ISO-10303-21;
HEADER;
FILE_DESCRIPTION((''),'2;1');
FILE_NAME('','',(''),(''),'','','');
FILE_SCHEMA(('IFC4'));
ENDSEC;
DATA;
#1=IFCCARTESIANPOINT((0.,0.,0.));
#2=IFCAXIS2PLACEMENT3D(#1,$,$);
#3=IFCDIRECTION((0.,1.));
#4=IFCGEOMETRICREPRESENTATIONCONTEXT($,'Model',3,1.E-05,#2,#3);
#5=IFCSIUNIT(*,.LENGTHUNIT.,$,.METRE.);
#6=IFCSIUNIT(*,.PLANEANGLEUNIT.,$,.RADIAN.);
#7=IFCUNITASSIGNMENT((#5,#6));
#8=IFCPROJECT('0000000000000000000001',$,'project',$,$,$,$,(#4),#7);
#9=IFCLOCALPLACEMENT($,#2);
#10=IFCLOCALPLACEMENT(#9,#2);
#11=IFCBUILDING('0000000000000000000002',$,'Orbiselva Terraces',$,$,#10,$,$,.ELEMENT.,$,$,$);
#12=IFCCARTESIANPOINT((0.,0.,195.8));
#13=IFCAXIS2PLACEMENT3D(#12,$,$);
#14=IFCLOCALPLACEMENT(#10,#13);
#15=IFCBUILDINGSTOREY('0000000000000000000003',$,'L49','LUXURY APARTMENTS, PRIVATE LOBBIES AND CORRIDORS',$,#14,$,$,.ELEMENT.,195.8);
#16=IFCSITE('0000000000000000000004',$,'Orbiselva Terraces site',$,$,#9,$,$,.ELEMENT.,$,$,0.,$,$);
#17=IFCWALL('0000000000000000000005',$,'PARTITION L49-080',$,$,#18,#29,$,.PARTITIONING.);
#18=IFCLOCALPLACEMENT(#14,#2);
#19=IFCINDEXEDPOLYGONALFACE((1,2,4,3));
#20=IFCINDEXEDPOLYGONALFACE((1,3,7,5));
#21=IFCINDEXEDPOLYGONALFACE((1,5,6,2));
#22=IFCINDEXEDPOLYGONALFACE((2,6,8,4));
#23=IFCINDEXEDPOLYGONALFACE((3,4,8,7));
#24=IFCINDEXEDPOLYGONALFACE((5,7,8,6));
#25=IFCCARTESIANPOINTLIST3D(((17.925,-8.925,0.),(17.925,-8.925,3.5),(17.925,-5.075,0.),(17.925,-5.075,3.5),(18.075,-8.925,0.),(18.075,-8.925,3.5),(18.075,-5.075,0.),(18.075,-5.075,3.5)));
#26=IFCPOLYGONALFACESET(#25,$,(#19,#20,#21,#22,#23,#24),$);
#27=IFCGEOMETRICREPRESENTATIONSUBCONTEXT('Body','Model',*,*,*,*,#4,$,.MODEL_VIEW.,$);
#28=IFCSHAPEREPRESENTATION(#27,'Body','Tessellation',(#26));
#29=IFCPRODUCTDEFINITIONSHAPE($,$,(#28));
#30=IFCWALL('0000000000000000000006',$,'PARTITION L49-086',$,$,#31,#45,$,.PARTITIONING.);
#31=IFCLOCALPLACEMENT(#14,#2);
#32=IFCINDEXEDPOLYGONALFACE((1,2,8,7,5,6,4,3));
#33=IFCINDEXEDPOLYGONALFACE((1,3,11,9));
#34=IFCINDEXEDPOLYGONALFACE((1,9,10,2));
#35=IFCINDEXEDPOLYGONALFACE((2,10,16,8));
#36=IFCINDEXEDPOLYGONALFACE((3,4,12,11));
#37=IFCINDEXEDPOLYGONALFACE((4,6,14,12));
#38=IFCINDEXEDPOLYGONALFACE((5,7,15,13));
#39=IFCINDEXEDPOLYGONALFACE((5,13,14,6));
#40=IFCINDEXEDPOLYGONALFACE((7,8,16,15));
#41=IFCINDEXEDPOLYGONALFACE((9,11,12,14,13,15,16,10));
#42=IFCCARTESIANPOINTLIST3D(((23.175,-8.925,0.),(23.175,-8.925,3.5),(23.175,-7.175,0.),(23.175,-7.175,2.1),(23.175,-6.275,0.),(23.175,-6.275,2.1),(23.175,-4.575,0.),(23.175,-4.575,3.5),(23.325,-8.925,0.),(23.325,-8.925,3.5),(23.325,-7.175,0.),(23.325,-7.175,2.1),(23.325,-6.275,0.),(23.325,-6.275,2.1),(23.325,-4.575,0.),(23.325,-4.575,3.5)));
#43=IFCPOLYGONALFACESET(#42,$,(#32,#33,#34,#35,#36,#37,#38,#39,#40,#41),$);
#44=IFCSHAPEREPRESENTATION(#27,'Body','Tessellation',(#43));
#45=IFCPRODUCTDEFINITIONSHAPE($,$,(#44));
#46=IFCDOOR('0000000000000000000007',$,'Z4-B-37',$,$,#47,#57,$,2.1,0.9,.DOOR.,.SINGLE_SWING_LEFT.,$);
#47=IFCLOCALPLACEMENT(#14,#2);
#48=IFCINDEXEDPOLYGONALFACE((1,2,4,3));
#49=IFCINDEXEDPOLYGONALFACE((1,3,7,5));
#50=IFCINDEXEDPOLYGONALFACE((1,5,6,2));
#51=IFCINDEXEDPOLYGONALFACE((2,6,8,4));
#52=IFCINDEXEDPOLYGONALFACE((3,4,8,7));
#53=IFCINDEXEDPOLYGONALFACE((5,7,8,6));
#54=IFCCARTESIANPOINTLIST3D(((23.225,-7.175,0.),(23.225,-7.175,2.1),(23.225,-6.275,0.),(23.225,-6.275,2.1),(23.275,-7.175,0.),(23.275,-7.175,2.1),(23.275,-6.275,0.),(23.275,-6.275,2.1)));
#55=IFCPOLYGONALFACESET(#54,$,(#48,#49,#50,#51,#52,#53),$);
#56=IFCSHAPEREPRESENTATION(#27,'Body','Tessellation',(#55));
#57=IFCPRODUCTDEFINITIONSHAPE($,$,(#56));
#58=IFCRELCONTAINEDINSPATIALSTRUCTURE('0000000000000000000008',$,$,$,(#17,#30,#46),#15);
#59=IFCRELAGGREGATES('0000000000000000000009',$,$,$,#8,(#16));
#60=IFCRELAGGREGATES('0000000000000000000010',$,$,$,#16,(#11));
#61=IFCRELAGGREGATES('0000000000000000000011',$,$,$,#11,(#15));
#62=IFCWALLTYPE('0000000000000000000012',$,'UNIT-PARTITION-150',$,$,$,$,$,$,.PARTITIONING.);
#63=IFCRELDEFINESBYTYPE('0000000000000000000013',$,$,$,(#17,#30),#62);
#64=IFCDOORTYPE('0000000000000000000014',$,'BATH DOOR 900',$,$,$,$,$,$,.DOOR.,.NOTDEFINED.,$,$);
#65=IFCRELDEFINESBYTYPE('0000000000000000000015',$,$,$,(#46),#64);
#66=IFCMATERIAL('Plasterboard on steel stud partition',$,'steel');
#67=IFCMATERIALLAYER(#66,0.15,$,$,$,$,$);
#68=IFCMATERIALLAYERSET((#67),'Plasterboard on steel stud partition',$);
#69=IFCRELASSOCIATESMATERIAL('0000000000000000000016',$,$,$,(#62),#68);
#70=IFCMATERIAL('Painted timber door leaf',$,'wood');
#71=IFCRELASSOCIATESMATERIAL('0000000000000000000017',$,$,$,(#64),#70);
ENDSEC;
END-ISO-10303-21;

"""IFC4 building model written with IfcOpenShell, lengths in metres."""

from ifc_helpers import new_model, si_unit, direction, frame, frame_2d, origin, place, context, subcontext, project, spatial, rectangle, extrude, material, layer, layer_set, type_object, element, fill, save


model = new_model("IFC4")

# Units and contexts
model_context = context("Model", 3, precision=1e-05, world=origin(), true_north=direction((0.0, 1.0)))
body_context = subcontext(model_context, "Body", "Model", "MODEL_VIEW")
ifc_project = project(units=[si_unit("LENGTHUNIT", "METRE"), si_unit("PLANEANGLEUNIT", "RADIAN")], contexts=[model_context])

# Site, building, storey
site_placement = place(None, origin())
site = spatial("IfcSite", under=ifc_project, at=site_placement, Name="Orbiselva Terraces site", CompositionType="ELEMENT", RefElevation=0.0)
building_placement = place(site_placement, origin())
building = spatial("IfcBuilding", under=site, at=building_placement, Name="Orbiselva Terraces", CompositionType="ELEMENT")
storey_placement = place(building_placement, frame((0.0, 0.0, 195.8)))
storey = spatial("IfcBuildingStorey", under=building, at=storey_placement, Name="L49", Description="LUXURY APARTMENTS, PRIVATE LOBBIES AND CORRIDORS", CompositionType="ELEMENT", Elevation=195.8)

# Shared definitions
ifc_material_1 = material(Name="Plasterboard on steel stud partition", Category="steel")
ifc_layer_1 = layer(ifc_material_1, 0.15)
ifc_layer_set_1 = layer_set([ifc_layer_1], Name="Plasterboard on steel stud partition")
wall_type_1 = type_object("IfcWallType", Name="UNIT-PARTITION-150", PredefinedType="PARTITIONING", material=ifc_layer_set_1)

# Shared definitions
ifc_material_2 = material(Name="Painted timber door leaf", Category="wood")

# Wall
wall_1_placement = place(storey_placement, frame((18.0, -8.925, 0.0), z_axis=(0.0, 0.0, 1.0), x_axis=(0.0, 1.0, 0.0)))
element("IfcWall", 1, at=wall_1_placement, inside=storey, type_object=wall_type_1, Name="PARTITION L49-080", PredefinedType="PARTITIONING", context=body_context, shape_type="SweptSolid", body=[
    extrude(rectangle(XDim=3.85, YDim=0.15, at=frame_2d((1.925, 0.0))), origin(), (0.0, 0.0, 1.0), 3.5),
])

# Wall, opening, door
wall_2_placement = place(storey_placement, frame((23.25, -4.575, 0.0), z_axis=(0.0, 0.0, 1.0), x_axis=(0.0, -1.0, 0.0)))
wall_2 = element("IfcWall", 2, at=wall_2_placement, inside=storey, type_object=wall_type_1, Name="PARTITION L49-086", PredefinedType="PARTITIONING", context=body_context, shape_type="SweptSolid", body=[
    extrude(rectangle(XDim=4.35, YDim=0.15, at=frame_2d((2.175, 0.0))), origin(), (0.0, 0.0, 1.0), 3.5),
])
opening_1_placement = place(wall_2_placement, frame((1.7, 0.0, 0.0)))
opening_1 = element("IfcOpeningElement", 3, at=opening_1_placement, cuts=wall_2, PredefinedType="OPENING", context=body_context, shape_type="SweptSolid", body=[
    extrude(rectangle(XDim=0.9, YDim=2.1, at=frame_2d((0.45, 1.05))), frame((0.0, 0.085, 0.0), z_axis=(0.0, -1.0, 0.0), x_axis=(1.0, 0.0, 0.0)), (0.0, 0.0, 1.0), 0.17),
])
door_type_1 = type_object("IfcDoorType", Name="BATH DOOR 900", OperationType="NOTDEFINED", PredefinedType="DOOR", material=ifc_material_2)
door_1_placement = place(opening_1_placement, origin())
door_1 = element("IfcDoor", 4, at=door_1_placement, inside=storey, type_object=door_type_1, Name="Z4-B-37", OperationType="SINGLE_SWING_LEFT", OverallHeight=2.1, OverallWidth=0.9, PredefinedType="DOOR", context=body_context, shape_type="SweptSolid", body=[
    extrude(rectangle(XDim=0.9, YDim=2.1, at=frame_2d((0.45, 1.05))), frame((0.0, 0.025, 0.0), z_axis=(0.0, -1.0, 0.0), x_axis=(1.0, 0.0, 0.0)), (0.0, 0.0, 1.0), 0.05),
])
fill(opening_1, door_1)

save(model, "model.ifc")
